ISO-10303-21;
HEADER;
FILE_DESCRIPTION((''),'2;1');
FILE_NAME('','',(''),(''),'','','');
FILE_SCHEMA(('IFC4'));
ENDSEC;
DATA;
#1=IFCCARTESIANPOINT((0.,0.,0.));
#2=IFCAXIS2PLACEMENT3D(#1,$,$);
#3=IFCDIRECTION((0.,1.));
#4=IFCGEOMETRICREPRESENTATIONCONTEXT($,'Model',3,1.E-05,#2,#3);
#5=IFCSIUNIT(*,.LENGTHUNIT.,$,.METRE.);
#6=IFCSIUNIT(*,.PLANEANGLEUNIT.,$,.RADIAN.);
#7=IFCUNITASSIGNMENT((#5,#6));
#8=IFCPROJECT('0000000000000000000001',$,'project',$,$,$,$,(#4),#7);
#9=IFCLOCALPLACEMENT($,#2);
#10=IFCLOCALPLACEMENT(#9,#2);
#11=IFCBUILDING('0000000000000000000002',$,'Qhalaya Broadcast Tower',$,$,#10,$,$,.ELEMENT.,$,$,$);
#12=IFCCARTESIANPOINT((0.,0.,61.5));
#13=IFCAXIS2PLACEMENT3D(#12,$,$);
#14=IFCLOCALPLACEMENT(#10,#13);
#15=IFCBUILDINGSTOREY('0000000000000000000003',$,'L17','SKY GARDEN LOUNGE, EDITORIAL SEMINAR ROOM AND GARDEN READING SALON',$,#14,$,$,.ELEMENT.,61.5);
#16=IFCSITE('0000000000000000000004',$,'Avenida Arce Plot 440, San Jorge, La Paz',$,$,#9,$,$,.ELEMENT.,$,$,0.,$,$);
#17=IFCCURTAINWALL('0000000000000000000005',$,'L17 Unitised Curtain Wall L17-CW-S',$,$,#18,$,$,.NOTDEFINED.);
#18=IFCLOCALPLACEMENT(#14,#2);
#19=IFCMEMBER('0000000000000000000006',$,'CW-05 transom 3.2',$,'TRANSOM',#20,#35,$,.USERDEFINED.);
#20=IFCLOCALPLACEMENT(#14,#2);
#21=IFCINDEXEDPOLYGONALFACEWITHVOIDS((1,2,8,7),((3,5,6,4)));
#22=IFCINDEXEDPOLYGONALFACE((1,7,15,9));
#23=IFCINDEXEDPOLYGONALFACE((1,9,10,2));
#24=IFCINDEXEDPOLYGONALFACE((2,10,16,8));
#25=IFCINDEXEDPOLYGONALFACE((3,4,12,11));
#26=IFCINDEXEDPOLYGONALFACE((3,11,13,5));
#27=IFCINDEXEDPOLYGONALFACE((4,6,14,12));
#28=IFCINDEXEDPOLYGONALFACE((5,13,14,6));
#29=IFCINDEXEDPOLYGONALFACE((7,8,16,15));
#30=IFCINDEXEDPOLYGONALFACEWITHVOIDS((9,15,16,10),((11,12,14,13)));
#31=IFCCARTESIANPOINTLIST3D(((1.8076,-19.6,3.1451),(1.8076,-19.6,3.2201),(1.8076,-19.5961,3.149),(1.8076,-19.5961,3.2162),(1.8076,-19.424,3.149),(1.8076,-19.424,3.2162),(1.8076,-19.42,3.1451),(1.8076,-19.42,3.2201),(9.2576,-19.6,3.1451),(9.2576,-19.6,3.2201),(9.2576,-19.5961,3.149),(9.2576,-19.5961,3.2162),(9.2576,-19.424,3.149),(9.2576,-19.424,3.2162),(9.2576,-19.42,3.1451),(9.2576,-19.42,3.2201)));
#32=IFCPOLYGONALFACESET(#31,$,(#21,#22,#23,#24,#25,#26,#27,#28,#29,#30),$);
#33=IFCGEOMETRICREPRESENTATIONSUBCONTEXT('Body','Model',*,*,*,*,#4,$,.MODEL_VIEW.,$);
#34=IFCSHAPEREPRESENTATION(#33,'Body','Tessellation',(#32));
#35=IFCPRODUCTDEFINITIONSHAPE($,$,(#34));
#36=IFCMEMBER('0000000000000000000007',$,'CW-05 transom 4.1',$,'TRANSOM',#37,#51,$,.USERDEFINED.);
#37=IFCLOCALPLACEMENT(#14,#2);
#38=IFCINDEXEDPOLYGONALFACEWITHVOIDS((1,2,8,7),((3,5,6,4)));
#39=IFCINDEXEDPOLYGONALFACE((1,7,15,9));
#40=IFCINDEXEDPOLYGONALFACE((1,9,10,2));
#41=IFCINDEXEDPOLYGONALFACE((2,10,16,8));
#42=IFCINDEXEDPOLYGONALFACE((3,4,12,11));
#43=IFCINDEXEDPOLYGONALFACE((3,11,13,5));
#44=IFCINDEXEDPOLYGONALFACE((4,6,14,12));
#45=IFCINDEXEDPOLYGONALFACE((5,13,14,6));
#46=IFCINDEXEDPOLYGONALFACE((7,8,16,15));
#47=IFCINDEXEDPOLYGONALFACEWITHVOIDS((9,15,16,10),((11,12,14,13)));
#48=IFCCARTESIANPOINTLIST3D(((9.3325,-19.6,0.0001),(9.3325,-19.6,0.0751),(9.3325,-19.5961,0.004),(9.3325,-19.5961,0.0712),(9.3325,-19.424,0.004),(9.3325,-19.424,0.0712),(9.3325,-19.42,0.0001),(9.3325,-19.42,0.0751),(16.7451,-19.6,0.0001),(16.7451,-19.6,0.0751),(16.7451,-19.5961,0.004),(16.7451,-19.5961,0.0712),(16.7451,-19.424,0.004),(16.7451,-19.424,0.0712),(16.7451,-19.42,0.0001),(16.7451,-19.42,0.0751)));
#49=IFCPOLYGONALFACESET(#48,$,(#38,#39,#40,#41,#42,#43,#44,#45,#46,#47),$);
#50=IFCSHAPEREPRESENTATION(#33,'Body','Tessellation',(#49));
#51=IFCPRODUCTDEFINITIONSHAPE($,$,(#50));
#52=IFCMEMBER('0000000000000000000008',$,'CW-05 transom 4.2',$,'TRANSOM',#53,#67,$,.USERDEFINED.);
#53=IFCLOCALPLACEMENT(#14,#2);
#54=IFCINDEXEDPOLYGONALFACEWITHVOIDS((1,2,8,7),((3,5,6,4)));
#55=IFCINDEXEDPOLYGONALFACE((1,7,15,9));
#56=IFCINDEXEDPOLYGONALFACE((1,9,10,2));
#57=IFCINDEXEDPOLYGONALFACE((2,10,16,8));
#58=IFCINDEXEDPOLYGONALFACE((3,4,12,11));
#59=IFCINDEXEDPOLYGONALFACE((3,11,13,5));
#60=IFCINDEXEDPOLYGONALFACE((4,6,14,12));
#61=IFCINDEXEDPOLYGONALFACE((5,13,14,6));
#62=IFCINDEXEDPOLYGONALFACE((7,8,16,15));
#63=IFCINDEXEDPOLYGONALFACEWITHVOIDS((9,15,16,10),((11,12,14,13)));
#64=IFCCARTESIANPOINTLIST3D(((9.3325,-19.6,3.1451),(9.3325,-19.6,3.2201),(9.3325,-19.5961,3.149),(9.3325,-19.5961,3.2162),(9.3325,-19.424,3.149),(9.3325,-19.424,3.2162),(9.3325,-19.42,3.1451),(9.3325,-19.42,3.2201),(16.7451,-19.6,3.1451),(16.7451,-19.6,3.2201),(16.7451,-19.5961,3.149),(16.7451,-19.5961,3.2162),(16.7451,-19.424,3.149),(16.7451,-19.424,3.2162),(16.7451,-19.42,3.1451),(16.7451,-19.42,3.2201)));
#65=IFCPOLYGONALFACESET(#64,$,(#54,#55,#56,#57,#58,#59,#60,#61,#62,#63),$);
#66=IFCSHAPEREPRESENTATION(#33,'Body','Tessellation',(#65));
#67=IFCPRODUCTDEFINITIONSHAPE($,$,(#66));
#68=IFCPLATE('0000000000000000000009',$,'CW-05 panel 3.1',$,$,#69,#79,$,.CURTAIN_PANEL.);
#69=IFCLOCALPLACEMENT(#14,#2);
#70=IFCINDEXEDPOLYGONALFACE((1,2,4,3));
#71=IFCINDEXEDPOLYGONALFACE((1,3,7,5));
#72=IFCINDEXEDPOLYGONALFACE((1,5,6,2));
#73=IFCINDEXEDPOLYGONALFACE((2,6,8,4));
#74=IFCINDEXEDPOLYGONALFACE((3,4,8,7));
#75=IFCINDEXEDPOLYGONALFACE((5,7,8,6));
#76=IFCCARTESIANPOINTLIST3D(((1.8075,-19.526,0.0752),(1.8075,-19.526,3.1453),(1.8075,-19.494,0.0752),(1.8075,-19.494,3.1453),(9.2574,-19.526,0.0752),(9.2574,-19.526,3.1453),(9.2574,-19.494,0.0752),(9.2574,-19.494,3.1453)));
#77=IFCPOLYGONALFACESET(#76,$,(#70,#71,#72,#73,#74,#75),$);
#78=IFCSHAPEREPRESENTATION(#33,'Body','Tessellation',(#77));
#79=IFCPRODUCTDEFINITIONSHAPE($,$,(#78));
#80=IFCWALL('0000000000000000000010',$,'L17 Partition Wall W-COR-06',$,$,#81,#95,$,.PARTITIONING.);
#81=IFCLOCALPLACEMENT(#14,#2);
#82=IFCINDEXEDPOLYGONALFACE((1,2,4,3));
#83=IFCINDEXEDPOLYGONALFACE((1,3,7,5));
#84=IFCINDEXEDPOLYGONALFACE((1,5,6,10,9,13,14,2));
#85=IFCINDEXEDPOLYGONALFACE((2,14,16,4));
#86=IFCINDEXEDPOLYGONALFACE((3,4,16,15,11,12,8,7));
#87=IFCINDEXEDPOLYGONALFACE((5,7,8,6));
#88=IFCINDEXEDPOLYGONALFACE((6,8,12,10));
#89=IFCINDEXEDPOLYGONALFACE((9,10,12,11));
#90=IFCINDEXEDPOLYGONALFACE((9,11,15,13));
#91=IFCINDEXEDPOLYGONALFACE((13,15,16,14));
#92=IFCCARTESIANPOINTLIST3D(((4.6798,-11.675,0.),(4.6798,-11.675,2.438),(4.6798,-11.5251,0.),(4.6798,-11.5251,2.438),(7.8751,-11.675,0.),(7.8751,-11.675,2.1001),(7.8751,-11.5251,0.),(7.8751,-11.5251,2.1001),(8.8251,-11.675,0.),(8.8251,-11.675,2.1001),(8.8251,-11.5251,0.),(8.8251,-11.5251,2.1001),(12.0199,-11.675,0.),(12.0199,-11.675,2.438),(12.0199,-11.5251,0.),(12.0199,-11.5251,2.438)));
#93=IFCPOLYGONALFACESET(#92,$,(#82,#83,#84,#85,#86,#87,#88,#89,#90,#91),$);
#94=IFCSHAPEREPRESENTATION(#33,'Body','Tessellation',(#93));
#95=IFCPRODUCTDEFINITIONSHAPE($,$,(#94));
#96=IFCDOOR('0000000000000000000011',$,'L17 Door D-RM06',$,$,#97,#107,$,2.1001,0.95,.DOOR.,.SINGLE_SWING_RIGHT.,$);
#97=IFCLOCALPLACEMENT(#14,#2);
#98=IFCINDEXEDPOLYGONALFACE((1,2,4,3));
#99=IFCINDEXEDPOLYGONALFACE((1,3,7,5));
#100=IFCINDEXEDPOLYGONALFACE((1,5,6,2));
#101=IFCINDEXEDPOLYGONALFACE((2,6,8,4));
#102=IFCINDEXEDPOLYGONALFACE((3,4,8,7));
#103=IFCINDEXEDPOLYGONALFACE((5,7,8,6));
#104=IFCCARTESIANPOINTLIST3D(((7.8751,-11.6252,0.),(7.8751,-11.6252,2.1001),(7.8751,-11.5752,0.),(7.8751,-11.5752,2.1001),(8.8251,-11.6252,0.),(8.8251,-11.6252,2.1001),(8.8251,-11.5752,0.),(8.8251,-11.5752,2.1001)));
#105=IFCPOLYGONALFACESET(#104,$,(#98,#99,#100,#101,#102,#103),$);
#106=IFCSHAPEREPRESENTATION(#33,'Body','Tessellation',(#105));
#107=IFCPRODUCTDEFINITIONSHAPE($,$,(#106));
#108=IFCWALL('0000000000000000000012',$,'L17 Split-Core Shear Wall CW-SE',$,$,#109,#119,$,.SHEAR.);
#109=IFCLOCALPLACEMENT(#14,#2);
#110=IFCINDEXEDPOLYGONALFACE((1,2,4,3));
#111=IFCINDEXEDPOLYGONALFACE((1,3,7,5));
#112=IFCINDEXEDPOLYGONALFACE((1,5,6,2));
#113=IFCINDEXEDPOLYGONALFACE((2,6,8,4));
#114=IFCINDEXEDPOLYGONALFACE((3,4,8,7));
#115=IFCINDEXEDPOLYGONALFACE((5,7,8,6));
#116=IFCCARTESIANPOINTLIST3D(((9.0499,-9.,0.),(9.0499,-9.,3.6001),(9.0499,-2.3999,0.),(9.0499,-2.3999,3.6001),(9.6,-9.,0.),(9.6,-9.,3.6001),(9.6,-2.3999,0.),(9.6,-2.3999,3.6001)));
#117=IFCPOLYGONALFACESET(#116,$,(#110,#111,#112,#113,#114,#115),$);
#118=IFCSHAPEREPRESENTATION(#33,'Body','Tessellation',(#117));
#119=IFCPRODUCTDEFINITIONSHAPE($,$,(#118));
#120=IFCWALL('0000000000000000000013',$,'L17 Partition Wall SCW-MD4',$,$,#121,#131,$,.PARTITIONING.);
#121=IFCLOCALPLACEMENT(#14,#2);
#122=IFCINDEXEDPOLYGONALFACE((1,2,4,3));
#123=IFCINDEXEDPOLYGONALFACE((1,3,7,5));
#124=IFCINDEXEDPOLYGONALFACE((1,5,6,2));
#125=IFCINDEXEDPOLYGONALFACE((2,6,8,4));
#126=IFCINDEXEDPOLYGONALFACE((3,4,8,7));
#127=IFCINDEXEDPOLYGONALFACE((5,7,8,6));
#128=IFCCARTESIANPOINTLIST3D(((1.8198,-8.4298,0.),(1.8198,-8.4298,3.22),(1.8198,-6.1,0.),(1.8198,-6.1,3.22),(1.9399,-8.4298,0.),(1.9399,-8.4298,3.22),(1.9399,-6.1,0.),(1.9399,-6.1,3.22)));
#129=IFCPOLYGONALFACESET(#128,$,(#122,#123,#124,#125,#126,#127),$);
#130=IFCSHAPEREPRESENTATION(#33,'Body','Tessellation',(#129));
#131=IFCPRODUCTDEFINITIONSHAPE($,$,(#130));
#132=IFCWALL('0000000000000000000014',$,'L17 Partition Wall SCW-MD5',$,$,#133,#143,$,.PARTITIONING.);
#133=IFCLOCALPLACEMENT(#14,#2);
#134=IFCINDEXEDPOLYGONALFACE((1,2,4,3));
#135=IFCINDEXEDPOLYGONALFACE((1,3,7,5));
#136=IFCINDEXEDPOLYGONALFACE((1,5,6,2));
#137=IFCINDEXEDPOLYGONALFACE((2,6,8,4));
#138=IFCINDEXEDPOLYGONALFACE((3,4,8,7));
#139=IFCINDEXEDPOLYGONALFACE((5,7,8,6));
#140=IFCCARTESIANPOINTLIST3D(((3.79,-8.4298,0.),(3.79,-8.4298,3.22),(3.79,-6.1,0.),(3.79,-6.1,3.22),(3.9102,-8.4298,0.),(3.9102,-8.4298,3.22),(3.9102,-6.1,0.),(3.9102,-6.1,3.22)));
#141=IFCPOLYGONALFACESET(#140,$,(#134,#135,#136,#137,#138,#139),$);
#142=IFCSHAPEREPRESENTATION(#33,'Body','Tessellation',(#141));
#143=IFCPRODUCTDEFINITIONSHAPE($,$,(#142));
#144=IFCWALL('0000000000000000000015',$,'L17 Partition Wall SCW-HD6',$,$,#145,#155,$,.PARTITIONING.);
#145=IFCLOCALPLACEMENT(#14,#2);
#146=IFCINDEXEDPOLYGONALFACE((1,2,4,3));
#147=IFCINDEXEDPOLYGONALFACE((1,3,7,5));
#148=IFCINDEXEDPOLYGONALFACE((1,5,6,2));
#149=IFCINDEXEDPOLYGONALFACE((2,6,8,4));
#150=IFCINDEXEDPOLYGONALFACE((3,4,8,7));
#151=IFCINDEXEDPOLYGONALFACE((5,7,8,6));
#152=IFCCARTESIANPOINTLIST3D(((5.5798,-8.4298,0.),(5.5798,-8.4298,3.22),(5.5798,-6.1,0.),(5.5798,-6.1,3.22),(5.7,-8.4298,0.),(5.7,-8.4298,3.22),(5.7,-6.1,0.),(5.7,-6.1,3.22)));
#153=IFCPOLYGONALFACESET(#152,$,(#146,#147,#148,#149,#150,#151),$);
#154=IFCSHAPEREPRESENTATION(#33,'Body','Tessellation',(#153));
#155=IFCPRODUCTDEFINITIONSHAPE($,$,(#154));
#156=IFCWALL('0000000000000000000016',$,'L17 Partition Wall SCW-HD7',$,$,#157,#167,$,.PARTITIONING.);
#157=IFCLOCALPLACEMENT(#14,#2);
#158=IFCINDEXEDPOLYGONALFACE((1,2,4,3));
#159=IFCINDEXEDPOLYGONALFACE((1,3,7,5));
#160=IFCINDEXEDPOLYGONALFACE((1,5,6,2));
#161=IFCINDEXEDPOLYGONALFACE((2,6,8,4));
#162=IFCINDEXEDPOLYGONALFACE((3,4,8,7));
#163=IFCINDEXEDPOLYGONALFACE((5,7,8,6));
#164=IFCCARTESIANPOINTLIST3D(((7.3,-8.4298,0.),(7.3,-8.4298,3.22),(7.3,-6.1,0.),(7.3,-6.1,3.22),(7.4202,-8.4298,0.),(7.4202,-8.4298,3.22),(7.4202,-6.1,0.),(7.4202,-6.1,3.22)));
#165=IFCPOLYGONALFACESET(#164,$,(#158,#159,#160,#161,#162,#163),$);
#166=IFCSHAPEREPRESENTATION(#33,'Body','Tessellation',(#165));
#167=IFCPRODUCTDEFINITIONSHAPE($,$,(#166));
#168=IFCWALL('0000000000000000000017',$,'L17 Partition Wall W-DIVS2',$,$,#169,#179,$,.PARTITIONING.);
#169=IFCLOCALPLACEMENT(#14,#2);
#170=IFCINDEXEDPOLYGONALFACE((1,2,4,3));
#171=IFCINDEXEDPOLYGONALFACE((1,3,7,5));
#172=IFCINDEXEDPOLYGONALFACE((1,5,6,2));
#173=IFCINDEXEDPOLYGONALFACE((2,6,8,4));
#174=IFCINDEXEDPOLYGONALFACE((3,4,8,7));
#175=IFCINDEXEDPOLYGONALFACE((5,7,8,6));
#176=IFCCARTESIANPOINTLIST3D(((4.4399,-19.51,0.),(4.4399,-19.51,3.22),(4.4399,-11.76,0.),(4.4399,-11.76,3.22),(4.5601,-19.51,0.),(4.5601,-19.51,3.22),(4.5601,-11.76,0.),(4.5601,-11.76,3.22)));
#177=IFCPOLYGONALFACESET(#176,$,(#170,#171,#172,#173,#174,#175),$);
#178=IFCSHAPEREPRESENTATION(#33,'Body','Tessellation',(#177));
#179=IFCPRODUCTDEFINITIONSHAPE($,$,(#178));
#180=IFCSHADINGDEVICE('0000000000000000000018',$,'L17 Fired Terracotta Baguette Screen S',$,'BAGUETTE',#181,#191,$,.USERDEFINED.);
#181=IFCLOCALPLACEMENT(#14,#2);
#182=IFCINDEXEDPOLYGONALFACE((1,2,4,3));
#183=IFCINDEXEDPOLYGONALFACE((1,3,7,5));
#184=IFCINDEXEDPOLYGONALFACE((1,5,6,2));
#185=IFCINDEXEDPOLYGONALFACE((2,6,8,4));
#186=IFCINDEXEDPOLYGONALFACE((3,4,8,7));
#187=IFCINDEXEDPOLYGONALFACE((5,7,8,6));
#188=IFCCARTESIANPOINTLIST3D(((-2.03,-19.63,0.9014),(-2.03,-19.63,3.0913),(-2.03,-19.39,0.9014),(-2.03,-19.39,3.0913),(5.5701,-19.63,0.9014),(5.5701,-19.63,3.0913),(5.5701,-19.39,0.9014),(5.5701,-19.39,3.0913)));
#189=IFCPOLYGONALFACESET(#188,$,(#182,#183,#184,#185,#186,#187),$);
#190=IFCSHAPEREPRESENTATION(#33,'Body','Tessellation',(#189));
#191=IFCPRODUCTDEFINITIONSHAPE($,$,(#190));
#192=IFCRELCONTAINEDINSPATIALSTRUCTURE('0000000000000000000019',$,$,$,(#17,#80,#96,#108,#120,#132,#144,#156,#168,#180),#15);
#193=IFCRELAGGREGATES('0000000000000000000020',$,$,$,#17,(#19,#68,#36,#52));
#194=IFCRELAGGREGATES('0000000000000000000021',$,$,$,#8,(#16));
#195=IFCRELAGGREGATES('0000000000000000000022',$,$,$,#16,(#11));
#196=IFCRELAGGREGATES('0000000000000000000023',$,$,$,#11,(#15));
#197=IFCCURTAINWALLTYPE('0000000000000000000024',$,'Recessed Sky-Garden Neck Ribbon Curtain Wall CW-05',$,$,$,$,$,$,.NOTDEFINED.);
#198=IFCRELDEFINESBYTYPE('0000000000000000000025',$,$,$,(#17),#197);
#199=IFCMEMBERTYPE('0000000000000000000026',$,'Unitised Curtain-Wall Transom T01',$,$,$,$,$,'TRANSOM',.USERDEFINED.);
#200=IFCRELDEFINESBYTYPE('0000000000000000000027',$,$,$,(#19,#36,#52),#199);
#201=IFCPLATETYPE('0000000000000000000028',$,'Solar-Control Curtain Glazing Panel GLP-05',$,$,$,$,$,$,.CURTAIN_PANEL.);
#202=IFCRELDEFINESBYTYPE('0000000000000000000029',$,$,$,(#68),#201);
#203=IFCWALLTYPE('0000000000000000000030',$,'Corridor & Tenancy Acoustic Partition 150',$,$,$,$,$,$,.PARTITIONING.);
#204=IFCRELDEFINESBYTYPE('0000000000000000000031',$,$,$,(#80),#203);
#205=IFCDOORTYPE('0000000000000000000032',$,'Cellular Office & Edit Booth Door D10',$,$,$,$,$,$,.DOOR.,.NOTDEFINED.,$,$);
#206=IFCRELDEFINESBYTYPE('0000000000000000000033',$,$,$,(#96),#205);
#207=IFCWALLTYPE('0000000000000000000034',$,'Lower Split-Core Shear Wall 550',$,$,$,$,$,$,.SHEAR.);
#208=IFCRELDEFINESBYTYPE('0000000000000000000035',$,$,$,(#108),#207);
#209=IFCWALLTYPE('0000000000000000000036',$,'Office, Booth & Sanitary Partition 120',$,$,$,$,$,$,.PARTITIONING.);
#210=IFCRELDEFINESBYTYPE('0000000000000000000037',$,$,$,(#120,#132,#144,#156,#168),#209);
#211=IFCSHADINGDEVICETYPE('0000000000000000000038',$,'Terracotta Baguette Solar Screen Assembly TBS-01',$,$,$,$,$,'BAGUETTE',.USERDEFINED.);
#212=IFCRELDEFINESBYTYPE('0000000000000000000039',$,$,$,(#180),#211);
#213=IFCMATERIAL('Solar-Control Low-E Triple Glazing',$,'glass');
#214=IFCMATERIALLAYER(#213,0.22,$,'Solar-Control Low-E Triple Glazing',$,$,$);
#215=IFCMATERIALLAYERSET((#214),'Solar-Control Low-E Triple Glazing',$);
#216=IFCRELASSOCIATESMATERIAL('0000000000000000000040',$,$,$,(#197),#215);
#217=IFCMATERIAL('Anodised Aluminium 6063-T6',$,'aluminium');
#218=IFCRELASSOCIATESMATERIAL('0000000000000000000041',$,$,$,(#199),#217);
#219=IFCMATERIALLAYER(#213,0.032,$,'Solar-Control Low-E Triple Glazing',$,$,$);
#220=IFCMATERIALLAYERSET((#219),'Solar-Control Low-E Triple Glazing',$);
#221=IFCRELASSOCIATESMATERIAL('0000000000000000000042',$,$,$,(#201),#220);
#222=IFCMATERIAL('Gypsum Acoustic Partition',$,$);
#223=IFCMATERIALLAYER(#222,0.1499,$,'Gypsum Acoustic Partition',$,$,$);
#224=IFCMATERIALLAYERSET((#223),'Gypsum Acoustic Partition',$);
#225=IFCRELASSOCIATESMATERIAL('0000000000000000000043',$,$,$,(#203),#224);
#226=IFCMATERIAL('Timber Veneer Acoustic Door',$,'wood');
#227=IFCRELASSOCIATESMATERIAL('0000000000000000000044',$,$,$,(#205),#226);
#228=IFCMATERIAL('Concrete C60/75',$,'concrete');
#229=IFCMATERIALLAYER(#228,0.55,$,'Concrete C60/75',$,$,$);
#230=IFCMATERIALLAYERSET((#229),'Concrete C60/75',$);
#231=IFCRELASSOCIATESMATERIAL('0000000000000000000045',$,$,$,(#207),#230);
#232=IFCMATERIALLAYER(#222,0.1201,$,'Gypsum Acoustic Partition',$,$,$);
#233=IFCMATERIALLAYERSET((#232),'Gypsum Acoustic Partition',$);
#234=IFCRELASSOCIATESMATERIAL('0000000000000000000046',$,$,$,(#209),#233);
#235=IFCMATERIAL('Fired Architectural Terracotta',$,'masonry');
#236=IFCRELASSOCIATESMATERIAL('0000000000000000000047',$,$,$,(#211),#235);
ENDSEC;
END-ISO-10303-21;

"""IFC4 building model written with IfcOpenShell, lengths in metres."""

from ifc_helpers import new_model, si_unit, direction, frame, frame_2d, origin, origin_2d, place, context, subcontext, project, spatial, rectangle, hollow_rectangle, extrude, material, layer, layer_set, material_profile, profile_set, type_object, element, fill, aggregate, save


model = new_model("IFC4")

# Units and contexts
model_context = context("Model", 3, precision=1e-05, world=origin(), true_north=direction((0.0, 1.0)))
body_context = subcontext(model_context, "Body", "Model", "MODEL_VIEW")
ifc_project = project(units=[si_unit("LENGTHUNIT", "METRE"), si_unit("PLANEANGLEUNIT", "RADIAN")], contexts=[model_context])

# Site, building, storey
site_placement = place(None, origin())
site = spatial("IfcSite", under=ifc_project, at=site_placement, Name="Avenida Arce Plot 440, San Jorge, La Paz", CompositionType="ELEMENT", RefElevation=0.0)
building_placement = place(site_placement, origin())
building = spatial("IfcBuilding", under=site, at=building_placement, Name="Qhalaya Broadcast Tower", CompositionType="ELEMENT")
storey_placement = place(building_placement, frame((0.0, 0.0, 61.5)))
storey = spatial("IfcBuildingStorey", under=building, at=storey_placement, Name="L17", Description="SKY GARDEN LOUNGE, EDITORIAL SEMINAR ROOM AND GARDEN READING SALON", CompositionType="ELEMENT", Elevation=61.5)

# Curtain wall, members, plate
ifc_material_1 = material(Name="Solar-Control Low-E Triple Glazing", Category="glass")
ifc_layer_1 = layer(ifc_material_1, 0.22, Name="Solar-Control Low-E Triple Glazing")
ifc_layer_set_1 = layer_set([ifc_layer_1], Name="Solar-Control Low-E Triple Glazing")
curtain_wall_type = type_object("IfcCurtainWallType", Name="Recessed Sky-Garden Neck Ribbon Curtain Wall CW-05", PredefinedType="NOTDEFINED", material=ifc_layer_set_1)
curtain_wall_placement = place(storey_placement, origin())
curtain_wall = element("IfcCurtainWall", 1, at=curtain_wall_placement, inside=storey, type_object=curtain_wall_type, Name="L17 Unitised Curtain Wall L17-CW-S", PredefinedType="NOTDEFINED")
ifc_material_2 = material(Name="Anodised Aluminium 6063-T6", Category="aluminium")
ifc_material_profile_1 = material_profile(ifc_material_2, hollow_rectangle(XDim=0.075, YDim=0.1799, WallThickness=0.0039, at=origin_2d()), Name="ALU-TRN 75x180x4")
ifc_profile_set_1 = profile_set([ifc_material_profile_1], Name="Anodised Aluminium 6063-T6")
member_type_1 = type_object("IfcMemberType", Name="Unitised Curtain-Wall Transom T01", ElementType="TRANSOM", PredefinedType="USERDEFINED", material=ifc_profile_set_1)
member_1_placement = place(storey_placement, frame((1.8076, -19.51, 3.1826), z_axis=(1.0, 0.0, 0.0), x_axis=(0.0, 0.0, 1.0)))
member_1 = element("IfcMember", 2, at=member_1_placement, type_object=member_type_1, Name="CW-05 transom 3.2", ObjectType="TRANSOM", PredefinedType="USERDEFINED", context=body_context, shape_type="SweptSolid", body=[
    extrude(hollow_rectangle(XDim=0.075, YDim=0.1799, WallThickness=0.0039, at=origin_2d()), origin(), (0.0, 0.0, 1.0), 7.45),
])
member_2_placement = place(storey_placement, frame((9.3325, -19.51, 0.0376), z_axis=(1.0, 0.0, 0.0), x_axis=(0.0, 0.0, 1.0)))
member_2 = element("IfcMember", 3, at=member_2_placement, type_object=member_type_1, Name="CW-05 transom 4.1", ObjectType="TRANSOM", PredefinedType="USERDEFINED", context=body_context, shape_type="SweptSolid", body=[
    extrude(hollow_rectangle(XDim=0.075, YDim=0.1799, WallThickness=0.0039, at=origin_2d()), origin(), (0.0, 0.0, 1.0), 7.4126),
])
member_3_placement = place(storey_placement, frame((9.3325, -19.51, 3.1826), z_axis=(1.0, 0.0, 0.0), x_axis=(0.0, 0.0, 1.0)))
member_3 = element("IfcMember", 4, at=member_3_placement, type_object=member_type_1, Name="CW-05 transom 4.2", ObjectType="TRANSOM", PredefinedType="USERDEFINED", context=body_context, shape_type="SweptSolid", body=[
    extrude(hollow_rectangle(XDim=0.075, YDim=0.1799, WallThickness=0.0039, at=origin_2d()), origin(), (0.0, 0.0, 1.0), 7.4126),
])
ifc_layer_2 = layer(ifc_material_1, 0.032, Name="Solar-Control Low-E Triple Glazing")
ifc_layer_set_2 = layer_set([ifc_layer_2], Name="Solar-Control Low-E Triple Glazing")
plate_type = type_object("IfcPlateType", Name="Solar-Control Curtain Glazing Panel GLP-05", PredefinedType="CURTAIN_PANEL", material=ifc_layer_set_2)
plate_placement = place(storey_placement, frame((5.5325, -19.51, 0.0752), z_axis=(0.0, 0.0, 1.0), x_axis=(1.0, 0.0, 0.0)))
plate = element("IfcPlate", 5, at=plate_placement, type_object=plate_type, Name="CW-05 panel 3.1", PredefinedType="CURTAIN_PANEL", context=body_context, shape_type="SweptSolid", body=[
    extrude(rectangle(XDim=7.45, YDim=0.032, at=origin_2d()), origin(), (0.0, 0.0, 1.0), 3.0701),
])
aggregate(curtain_wall, [member_1, plate, member_2, member_3])

# Wall, opening, door
ifc_material_3 = material(Name="Gypsum Acoustic Partition")
ifc_layer_3 = layer(ifc_material_3, 0.1499, Name="Gypsum Acoustic Partition")
ifc_layer_set_3 = layer_set([ifc_layer_3], Name="Gypsum Acoustic Partition")
wall_type_1 = type_object("IfcWallType", Name="Corridor & Tenancy Acoustic Partition 150", PredefinedType="PARTITIONING", material=ifc_layer_set_3)
wall_1_placement = place(storey_placement, frame((4.6799, -11.6001, 0.0), z_axis=(0.0, 0.0, 1.0), x_axis=(1.0, 0.0, 0.0)))
wall_1 = element("IfcWall", 6, at=wall_1_placement, inside=storey, type_object=wall_type_1, Name="L17 Partition Wall W-COR-06", PredefinedType="PARTITIONING", context=body_context, shape_type="SweptSolid", body=[
    extrude(rectangle(XDim=7.3401, YDim=0.1499, at=frame_2d((3.6699, 0.0))), origin(), (0.0, 0.0, 1.0), 2.438),
])
opening_placement = place(wall_1_placement, frame((3.1951, 0.0, 0.0)))
opening = element("IfcOpeningElement", 7, at=opening_placement, cuts=wall_1, PredefinedType="OPENING", context=body_context, shape_type="SweptSolid", body=[
    extrude(rectangle(XDim=0.95, YDim=2.1001, at=frame_2d((0.4751, 1.05))), frame((0.0, 0.0869, 0.0), z_axis=(0.0, -1.0, 0.0), x_axis=(1.0, 0.0, 0.0)), (0.0, 0.0, 1.0), 0.1738),
])
ifc_material_4 = material(Name="Timber Veneer Acoustic Door", Category="wood")
door_type = type_object("IfcDoorType", Name="Cellular Office & Edit Booth Door D10", OperationType="NOTDEFINED", PredefinedType="DOOR", material=ifc_material_4)
door_placement = place(opening_placement, origin())
door = element("IfcDoor", 8, at=door_placement, inside=storey, type_object=door_type, Name="L17 Door D-RM06", OperationType="SINGLE_SWING_RIGHT", OverallHeight=2.1001, OverallWidth=0.95, PredefinedType="DOOR", context=body_context, shape_type="SweptSolid", body=[
    extrude(rectangle(XDim=0.95, YDim=2.1001, at=frame_2d((0.4751, 1.05))), frame((0.0, 0.0249, 0.0), z_axis=(0.0, -1.0, 0.0), x_axis=(1.0, 0.0, 0.0)), (0.0, 0.0, 1.0), 0.05),
])
fill(opening, door)

# Walls
ifc_material_5 = material(Name="Concrete C60/75", Category="concrete")
ifc_layer_4 = layer(ifc_material_5, 0.55, Name="Concrete C60/75")
ifc_layer_set_4 = layer_set([ifc_layer_4], Name="Concrete C60/75")
wall_type_2 = type_object("IfcWallType", Name="Lower Split-Core Shear Wall 550", PredefinedType="SHEAR", material=ifc_layer_set_4)
wall_2_placement = place(storey_placement, frame((9.325, -9.0, 0.0), z_axis=(0.0, 0.0, 1.0), x_axis=(0.0, 1.0, 0.0)))
element("IfcWall", 9, at=wall_2_placement, inside=storey, type_object=wall_type_2, Name="L17 Split-Core Shear Wall CW-SE", PredefinedType="SHEAR", context=body_context, shape_type="SweptSolid", body=[
    extrude(rectangle(XDim=6.6001, YDim=0.55, at=frame_2d((3.3, 0.0))), origin(), (0.0, 0.0, 1.0), 3.6001),
])
ifc_layer_5 = layer(ifc_material_3, 0.1201, Name="Gypsum Acoustic Partition")
ifc_layer_set_5 = layer_set([ifc_layer_5], Name="Gypsum Acoustic Partition")
wall_type_3 = type_object("IfcWallType", Name="Office, Booth & Sanitary Partition 120", PredefinedType="PARTITIONING", material=ifc_layer_set_5)
for number, where, z_axis, x_axis, name in (
    (10, (1.8799, -8.4299, 0.0), (0.0, 0.0, 1.0), (0.0, 1.0, 0.0), "L17 Partition Wall SCW-MD4"),
    (11, (3.8501, -8.4299, 0.0), (0.0, 0.0, 1.0), (0.0, 1.0, 0.0), "L17 Partition Wall SCW-MD5"),
    (12, (5.6399, -8.4299, 0.0), (0.0, 0.0, 1.0), (0.0, 1.0, 0.0), "L17 Partition Wall SCW-HD6"),
    (13, (7.3601, -8.4299, 0.0), (0.0, 0.0, 1.0), (0.0, 1.0, 0.0), "L17 Partition Wall SCW-HD7"),
):
    element("IfcWall", number, at=place(storey_placement, frame(where, z_axis=z_axis, x_axis=x_axis)), inside=storey, type_object=wall_type_3, Name=name, PredefinedType="PARTITIONING", context=body_context, shape_type="SweptSolid", body=[
        extrude(rectangle(XDim=2.3298, YDim=0.1201, at=frame_2d((1.165, 0.0))), origin(), (0.0, 0.0, 1.0), 3.22),
    ])
wall_3_placement = place(storey_placement, frame((4.5, -19.51, 0.0), z_axis=(0.0, 0.0, 1.0), x_axis=(0.0, 1.0, 0.0)))
element("IfcWall", 14, at=wall_3_placement, inside=storey, type_object=wall_type_3, Name="L17 Partition Wall W-DIVS2", PredefinedType="PARTITIONING", context=body_context, shape_type="SweptSolid", body=[
    extrude(rectangle(XDim=7.75, YDim=0.1201, at=frame_2d((3.875, 0.0))), origin(), (0.0, 0.0, 1.0), 3.22),
])

# Shading device
ifc_material_6 = material(Name="Fired Architectural Terracotta", Category="masonry")
shading_device_type = type_object("IfcShadingDeviceType", Name="Terracotta Baguette Solar Screen Assembly TBS-01", ElementType="BAGUETTE", PredefinedType="USERDEFINED", material=ifc_material_6)
shading_device_placement = place(storey_placement, frame((1.77, -19.51, 0.9014), z_axis=(0.0, 0.0, 1.0), x_axis=(1.0, 0.0, 0.0)))
element("IfcShadingDevice", 15, at=shading_device_placement, inside=storey, type_object=shading_device_type, Name="L17 Fired Terracotta Baguette Screen S", ObjectType="BAGUETTE", PredefinedType="USERDEFINED", context=body_context, shape_type="SweptSolid", body=[
    extrude(rectangle(XDim=7.6001, YDim=0.24, at=origin_2d()), origin(), (0.0, 0.0, 1.0), 2.1899),
])

save(model, "model.ifc")
